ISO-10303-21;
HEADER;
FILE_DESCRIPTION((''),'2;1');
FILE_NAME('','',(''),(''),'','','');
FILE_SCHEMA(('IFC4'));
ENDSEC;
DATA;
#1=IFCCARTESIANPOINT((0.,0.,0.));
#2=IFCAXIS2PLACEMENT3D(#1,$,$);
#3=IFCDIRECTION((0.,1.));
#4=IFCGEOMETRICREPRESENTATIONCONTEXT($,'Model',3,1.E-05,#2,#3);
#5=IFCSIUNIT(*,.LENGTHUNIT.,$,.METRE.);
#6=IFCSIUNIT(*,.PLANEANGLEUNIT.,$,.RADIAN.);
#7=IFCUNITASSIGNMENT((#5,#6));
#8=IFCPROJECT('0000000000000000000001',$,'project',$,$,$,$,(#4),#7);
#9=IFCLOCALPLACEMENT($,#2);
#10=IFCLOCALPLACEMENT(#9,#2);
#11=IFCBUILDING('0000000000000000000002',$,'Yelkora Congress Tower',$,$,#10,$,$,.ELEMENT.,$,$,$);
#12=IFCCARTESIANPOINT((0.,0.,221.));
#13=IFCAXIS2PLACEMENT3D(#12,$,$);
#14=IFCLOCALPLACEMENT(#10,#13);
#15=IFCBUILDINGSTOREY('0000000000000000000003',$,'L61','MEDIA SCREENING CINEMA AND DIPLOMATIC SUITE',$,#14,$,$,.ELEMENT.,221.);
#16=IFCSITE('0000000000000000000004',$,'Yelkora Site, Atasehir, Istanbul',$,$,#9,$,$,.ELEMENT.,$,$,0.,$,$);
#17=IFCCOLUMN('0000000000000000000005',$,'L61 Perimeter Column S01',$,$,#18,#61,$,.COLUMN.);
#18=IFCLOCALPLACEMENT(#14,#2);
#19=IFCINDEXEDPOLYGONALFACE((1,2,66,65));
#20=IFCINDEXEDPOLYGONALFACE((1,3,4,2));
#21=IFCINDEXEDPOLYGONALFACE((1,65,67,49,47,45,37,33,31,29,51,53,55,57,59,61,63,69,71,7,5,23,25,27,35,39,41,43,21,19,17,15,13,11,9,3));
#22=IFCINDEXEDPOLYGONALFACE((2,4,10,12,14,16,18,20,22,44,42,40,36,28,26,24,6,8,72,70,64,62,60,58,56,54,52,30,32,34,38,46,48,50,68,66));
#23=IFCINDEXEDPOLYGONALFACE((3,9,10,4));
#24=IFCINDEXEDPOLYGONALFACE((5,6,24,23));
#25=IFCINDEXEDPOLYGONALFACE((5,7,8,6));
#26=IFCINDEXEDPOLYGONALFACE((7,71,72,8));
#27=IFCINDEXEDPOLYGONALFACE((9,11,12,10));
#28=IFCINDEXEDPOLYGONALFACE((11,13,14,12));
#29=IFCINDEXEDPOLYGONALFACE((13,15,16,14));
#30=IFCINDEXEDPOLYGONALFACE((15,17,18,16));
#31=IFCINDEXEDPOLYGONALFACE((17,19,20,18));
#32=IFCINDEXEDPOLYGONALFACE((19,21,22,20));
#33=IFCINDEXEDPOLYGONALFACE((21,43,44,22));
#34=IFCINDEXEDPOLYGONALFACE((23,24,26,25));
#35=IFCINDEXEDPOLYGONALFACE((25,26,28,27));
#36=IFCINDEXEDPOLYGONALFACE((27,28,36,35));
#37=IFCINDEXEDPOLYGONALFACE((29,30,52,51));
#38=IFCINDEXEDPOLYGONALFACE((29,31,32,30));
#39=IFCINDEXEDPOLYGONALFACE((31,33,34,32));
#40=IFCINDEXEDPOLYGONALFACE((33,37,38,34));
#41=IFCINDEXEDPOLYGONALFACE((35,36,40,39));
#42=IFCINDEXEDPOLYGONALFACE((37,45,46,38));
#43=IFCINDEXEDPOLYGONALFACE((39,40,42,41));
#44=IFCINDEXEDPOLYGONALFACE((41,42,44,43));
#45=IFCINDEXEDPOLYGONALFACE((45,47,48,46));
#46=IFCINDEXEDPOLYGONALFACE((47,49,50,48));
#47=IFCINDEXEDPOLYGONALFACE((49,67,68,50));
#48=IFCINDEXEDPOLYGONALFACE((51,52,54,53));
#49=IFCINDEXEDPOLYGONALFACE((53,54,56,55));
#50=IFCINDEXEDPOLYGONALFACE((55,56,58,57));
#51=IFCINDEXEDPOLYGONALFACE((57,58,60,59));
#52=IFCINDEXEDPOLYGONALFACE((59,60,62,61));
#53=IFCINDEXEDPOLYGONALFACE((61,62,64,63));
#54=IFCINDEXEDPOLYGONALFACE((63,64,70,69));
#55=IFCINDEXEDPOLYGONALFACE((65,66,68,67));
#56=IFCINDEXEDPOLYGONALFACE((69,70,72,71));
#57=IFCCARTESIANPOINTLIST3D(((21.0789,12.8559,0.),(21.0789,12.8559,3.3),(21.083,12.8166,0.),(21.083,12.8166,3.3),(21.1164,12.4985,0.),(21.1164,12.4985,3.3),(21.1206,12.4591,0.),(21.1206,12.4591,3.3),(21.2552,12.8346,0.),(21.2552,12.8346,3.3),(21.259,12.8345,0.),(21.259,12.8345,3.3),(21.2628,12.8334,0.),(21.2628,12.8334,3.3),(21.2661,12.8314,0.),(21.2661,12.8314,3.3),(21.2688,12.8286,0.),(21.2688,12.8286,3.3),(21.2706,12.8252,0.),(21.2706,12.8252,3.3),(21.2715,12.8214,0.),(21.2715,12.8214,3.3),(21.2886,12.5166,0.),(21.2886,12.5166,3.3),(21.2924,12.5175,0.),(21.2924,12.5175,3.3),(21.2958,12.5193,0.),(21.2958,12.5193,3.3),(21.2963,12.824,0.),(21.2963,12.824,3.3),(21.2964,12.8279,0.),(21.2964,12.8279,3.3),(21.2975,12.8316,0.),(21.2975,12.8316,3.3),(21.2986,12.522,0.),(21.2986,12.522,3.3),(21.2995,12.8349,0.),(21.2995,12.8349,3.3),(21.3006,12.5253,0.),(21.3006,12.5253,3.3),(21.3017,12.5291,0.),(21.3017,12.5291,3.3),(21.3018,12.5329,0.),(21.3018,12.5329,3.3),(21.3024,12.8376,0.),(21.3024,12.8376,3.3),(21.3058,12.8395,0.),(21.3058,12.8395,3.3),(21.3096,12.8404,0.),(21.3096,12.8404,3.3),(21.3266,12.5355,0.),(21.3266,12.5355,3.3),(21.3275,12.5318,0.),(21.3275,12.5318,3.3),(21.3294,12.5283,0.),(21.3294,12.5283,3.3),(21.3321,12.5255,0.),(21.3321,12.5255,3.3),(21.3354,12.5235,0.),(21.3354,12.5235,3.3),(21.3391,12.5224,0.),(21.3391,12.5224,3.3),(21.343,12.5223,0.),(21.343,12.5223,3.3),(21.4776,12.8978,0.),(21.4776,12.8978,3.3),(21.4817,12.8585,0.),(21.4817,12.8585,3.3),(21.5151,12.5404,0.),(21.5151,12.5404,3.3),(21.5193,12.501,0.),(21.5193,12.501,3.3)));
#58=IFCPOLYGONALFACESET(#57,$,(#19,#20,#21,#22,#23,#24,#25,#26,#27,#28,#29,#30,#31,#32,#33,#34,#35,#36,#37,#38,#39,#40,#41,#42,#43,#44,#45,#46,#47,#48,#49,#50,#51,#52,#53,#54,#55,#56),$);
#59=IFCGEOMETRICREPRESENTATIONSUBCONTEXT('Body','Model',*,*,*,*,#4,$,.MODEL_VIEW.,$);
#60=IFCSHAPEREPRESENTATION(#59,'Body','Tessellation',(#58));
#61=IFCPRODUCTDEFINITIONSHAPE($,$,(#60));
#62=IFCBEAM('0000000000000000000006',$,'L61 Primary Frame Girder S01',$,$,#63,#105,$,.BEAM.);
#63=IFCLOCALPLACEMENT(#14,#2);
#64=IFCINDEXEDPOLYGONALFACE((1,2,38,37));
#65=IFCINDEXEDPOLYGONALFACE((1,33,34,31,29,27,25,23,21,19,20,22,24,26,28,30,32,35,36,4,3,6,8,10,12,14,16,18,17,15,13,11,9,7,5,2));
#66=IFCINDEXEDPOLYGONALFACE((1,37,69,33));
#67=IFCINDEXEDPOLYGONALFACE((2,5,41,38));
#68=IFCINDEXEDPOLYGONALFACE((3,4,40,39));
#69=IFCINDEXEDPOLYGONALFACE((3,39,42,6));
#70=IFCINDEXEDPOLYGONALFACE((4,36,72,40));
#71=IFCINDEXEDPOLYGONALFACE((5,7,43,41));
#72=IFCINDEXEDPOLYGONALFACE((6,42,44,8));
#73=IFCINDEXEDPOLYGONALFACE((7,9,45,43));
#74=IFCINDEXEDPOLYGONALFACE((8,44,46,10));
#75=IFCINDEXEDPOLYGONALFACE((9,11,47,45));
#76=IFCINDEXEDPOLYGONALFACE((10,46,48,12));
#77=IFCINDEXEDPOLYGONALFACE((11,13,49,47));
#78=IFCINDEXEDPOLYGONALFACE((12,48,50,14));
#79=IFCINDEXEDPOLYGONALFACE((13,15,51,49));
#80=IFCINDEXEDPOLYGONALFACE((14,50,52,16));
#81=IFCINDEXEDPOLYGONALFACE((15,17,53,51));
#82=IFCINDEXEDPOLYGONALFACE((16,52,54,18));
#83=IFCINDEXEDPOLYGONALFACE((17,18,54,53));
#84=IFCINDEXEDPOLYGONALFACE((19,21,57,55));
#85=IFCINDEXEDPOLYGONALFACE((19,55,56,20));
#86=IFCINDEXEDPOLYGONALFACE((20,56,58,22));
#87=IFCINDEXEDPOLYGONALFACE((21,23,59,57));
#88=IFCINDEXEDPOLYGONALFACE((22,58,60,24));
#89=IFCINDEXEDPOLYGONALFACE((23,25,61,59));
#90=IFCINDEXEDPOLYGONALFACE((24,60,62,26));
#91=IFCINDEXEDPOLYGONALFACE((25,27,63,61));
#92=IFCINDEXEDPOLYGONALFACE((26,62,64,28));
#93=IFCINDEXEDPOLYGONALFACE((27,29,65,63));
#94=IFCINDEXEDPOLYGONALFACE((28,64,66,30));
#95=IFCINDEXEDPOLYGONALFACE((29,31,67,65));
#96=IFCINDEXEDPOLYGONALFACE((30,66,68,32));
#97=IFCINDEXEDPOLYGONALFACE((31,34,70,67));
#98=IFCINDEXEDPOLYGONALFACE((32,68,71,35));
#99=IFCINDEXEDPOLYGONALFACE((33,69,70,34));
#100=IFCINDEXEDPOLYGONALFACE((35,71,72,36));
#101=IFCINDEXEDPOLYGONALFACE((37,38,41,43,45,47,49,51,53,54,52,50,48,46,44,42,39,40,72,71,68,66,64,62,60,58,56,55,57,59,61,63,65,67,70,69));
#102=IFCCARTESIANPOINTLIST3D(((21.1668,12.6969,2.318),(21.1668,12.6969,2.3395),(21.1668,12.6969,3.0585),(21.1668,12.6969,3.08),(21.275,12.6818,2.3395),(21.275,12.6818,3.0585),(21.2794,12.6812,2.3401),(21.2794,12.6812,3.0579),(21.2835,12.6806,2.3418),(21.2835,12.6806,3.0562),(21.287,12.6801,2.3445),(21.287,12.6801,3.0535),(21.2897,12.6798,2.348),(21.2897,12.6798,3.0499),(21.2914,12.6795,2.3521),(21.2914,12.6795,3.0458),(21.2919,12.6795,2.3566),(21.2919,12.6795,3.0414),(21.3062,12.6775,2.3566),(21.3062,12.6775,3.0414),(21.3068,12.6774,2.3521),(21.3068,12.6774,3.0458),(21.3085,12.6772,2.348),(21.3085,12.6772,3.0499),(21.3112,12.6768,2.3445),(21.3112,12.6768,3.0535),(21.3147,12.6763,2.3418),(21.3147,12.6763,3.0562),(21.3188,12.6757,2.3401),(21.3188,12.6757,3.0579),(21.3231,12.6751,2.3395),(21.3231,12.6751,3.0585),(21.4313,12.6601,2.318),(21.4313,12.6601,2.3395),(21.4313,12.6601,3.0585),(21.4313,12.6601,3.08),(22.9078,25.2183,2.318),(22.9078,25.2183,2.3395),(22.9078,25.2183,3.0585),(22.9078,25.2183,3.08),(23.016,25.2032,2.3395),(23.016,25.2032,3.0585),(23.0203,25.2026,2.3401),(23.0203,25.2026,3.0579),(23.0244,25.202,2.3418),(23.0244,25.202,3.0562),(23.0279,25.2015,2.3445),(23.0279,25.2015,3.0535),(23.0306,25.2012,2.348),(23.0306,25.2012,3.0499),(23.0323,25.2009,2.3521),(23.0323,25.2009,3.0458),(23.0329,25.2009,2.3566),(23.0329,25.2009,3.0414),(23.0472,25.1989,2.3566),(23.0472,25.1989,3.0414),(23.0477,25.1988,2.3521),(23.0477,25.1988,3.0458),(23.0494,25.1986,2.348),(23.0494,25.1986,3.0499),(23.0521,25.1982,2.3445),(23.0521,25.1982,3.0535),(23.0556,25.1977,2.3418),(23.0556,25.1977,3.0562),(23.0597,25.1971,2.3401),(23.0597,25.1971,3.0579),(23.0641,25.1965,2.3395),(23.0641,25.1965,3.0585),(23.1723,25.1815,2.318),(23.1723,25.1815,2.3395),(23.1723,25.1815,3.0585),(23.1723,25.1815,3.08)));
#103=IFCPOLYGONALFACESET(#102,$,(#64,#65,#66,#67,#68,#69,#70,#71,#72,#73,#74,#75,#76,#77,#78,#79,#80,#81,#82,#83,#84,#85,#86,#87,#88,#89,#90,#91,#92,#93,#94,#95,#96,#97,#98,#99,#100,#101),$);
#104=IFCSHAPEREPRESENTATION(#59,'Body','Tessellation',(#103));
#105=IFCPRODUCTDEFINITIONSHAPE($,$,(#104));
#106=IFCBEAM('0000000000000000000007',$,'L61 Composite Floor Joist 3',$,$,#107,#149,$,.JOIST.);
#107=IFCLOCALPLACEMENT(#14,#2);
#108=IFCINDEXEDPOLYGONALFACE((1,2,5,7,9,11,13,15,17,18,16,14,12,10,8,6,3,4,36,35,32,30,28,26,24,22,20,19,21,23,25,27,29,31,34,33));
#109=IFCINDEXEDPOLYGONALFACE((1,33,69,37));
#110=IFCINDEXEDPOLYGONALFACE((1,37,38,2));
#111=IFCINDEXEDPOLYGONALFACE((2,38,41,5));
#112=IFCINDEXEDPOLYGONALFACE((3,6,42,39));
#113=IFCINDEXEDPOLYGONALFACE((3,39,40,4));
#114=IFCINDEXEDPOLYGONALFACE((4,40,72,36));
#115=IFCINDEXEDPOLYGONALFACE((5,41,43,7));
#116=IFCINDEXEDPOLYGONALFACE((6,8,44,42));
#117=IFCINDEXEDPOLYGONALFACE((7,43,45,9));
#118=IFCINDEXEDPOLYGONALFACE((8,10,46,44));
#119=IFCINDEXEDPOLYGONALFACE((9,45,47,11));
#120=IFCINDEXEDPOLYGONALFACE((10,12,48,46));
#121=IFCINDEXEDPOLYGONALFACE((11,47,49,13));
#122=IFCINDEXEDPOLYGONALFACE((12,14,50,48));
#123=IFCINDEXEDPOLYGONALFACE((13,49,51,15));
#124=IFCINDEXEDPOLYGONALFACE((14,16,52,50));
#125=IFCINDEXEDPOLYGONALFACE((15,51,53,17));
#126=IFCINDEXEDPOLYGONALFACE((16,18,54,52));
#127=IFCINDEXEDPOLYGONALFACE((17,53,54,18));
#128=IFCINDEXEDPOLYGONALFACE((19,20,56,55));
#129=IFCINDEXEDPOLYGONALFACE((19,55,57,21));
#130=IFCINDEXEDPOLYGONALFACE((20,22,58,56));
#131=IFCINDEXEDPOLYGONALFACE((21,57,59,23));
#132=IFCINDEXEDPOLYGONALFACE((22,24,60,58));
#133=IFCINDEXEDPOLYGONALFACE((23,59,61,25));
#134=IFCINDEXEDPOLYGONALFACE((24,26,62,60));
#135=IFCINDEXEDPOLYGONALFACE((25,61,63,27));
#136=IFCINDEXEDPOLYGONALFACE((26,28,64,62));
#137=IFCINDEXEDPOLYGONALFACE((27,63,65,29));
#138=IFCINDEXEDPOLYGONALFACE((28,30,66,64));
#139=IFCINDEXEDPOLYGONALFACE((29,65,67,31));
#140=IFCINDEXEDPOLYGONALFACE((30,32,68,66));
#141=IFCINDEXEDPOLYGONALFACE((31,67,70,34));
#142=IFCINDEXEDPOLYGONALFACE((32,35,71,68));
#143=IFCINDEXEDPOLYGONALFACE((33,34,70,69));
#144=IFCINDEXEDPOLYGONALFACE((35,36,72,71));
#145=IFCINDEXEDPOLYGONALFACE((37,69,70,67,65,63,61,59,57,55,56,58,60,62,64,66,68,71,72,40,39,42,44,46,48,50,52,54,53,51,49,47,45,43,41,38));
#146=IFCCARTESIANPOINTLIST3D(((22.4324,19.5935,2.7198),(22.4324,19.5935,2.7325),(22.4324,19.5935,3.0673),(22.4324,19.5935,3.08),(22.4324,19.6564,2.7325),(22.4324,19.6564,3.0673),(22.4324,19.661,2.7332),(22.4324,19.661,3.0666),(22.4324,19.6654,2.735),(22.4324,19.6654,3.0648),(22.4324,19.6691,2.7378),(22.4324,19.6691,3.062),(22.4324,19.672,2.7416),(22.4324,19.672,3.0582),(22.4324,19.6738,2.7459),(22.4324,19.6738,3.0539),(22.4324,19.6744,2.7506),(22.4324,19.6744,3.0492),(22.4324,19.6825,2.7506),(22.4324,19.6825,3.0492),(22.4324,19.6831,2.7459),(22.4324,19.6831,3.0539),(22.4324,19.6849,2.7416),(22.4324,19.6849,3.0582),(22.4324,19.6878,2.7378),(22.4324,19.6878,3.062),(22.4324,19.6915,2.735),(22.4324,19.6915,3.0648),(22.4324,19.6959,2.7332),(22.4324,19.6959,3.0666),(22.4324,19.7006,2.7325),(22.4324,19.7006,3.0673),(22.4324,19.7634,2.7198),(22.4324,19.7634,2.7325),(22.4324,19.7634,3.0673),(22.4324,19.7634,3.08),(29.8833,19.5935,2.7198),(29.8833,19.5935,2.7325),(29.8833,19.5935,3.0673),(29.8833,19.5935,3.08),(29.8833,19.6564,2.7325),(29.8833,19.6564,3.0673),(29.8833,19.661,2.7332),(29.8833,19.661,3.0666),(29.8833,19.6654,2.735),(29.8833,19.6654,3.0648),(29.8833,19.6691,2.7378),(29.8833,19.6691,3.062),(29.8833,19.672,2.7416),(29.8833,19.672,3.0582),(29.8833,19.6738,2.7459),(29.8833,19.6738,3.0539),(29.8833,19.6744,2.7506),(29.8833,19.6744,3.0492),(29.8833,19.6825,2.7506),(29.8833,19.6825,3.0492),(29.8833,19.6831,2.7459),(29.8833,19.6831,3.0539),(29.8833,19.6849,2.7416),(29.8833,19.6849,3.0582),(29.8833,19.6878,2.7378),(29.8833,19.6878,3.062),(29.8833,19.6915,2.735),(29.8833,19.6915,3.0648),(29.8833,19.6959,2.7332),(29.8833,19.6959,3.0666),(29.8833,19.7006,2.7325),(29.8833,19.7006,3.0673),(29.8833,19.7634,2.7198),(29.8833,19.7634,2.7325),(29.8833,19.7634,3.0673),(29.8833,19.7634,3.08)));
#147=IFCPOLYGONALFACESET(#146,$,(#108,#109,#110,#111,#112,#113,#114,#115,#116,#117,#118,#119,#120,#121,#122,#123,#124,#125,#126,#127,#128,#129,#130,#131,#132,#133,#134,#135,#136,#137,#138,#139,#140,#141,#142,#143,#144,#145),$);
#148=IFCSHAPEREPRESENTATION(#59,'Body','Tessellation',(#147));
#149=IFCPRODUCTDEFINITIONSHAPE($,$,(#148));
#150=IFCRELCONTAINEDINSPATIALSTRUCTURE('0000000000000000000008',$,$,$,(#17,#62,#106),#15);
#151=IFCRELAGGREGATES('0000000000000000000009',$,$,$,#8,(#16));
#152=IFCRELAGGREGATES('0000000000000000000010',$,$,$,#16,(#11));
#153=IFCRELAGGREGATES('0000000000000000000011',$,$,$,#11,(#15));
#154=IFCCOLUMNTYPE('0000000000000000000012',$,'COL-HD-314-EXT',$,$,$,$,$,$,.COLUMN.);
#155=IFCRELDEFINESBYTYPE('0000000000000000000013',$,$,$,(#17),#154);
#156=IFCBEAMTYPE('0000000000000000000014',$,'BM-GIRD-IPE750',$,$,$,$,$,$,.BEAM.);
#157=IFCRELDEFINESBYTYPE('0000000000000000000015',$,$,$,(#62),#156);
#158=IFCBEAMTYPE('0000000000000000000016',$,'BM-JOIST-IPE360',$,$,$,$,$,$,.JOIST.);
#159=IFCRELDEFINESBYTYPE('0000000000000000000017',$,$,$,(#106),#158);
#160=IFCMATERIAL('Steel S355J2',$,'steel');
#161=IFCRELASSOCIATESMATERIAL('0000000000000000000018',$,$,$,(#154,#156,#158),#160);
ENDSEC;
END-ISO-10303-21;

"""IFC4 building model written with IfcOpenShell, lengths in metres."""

from ifc_helpers import new_model, si_unit, direction, frame, origin, origin_2d, place, context, subcontext, project, spatial, i_section, extrude, material, material_profile, profile_set, type_object, element, save


model = new_model("IFC4")

# Units and contexts
model_context = context("Model", 3, precision=1e-05, world=origin(), true_north=direction((0.0, 1.0)))
body_context = subcontext(model_context, "Body", "Model", "MODEL_VIEW")
ifc_project = project(units=[si_unit("LENGTHUNIT", "METRE"), si_unit("PLANEANGLEUNIT", "RADIAN")], contexts=[model_context])

# Site, building, storey
site_placement = place(None, origin())
site = spatial("IfcSite", under=ifc_project, at=site_placement, Name="Yelkora Site, Atasehir, Istanbul", CompositionType="ELEMENT", RefElevation=0.0)
building_placement = place(site_placement, origin())
building = spatial("IfcBuilding", under=site, at=building_placement, Name="Yelkora Congress Tower", CompositionType="ELEMENT")
storey_placement = place(building_placement, frame((0.0, 0.0, 221.0)))
storey = spatial("IfcBuildingStorey", under=building, at=storey_placement, Name="L61", Description="MEDIA SCREENING CINEMA AND DIPLOMATIC SUITE", CompositionType="ELEMENT", Elevation=221.0)

# Column
ifc_material_1 = material(Name="Steel S355J2", Category="steel")
ifc_material_profile_1 = material_profile(ifc_material_1, i_section(OverallWidth=0.4009, OverallDepth=0.3989, WebThickness=0.0249, FlangeThickness=0.0396, FilletRadius=0.0149, at=origin_2d()), Name="HD 400x314")
ifc_profile_set_1 = profile_set([ifc_material_profile_1], Name="Steel S355J2")
column_type = type_object("IfcColumnType", Name="COL-HD-314-EXT", PredefinedType="COLUMN", material=ifc_profile_set_1)
column_placement = place(storey_placement, frame((21.2991, 12.6785, 0.0), z_axis=(0.0, 0.0, 1.0), x_axis=(0.994522, 0.104528, 0.0)))
element("IfcColumn", 1, at=column_placement, inside=storey, type_object=column_type, Name="L61 Perimeter Column S01", PredefinedType="COLUMN", context=body_context, shape_type="SweptSolid", body=[
    extrude(i_section(OverallWidth=0.4009, OverallDepth=0.3989, WebThickness=0.0249, FlangeThickness=0.0396, FilletRadius=0.0149, at=origin_2d()), origin(), (0.0, 0.0, 1.0), 3.3),
])

# Beams
ifc_material_profile_2 = material_profile(ifc_material_1, i_section(OverallWidth=0.2671, OverallDepth=0.762, WebThickness=0.0144, FlangeThickness=0.0215, FilletRadius=0.0171, at=origin_2d()), Name="IPE 750x173")
ifc_profile_set_2 = profile_set([ifc_material_profile_2], Name="Steel S355J2")
beam_type_1 = type_object("IfcBeamType", Name="BM-GIRD-IPE750", PredefinedType="BEAM", material=ifc_profile_set_2)
beam_1_placement = place(storey_placement, frame((21.2991, 12.6785, 2.699), z_axis=(0.137714, 0.990472, 0.0), x_axis=(-0.990472, 0.137714, 0.0)))
element("IfcBeam", 2, at=beam_1_placement, inside=storey, type_object=beam_type_1, Name="L61 Primary Frame Girder S01", PredefinedType="BEAM", context=body_context, shape_type="SweptSolid", body=[
    extrude(i_section(OverallWidth=0.2671, OverallDepth=0.762, WebThickness=0.0144, FlangeThickness=0.0215, FilletRadius=0.0171, at=origin_2d()), origin(), (0.0, 0.0, 1.0), 12.6418),
])
ifc_material_profile_3 = material_profile(ifc_material_1, i_section(OverallWidth=0.1699, OverallDepth=0.3601, WebThickness=0.0081, FlangeThickness=0.0127, FilletRadius=0.0181, at=origin_2d()), Name="IPE 360")
ifc_profile_set_3 = profile_set([ifc_material_profile_3], Name="Steel S355J2")
beam_type_2 = type_object("IfcBeamType", Name="BM-JOIST-IPE360", PredefinedType="JOIST", material=ifc_profile_set_3)
beam_2_placement = place(storey_placement, frame((22.4324, 19.6785, 2.8999), z_axis=(1.0, 0.0, 0.0), x_axis=(0.0, 1.0, 0.0)))
element("IfcBeam", 3, at=beam_2_placement, inside=storey, type_object=beam_type_2, Name="L61 Composite Floor Joist 3", PredefinedType="JOIST", context=body_context, shape_type="SweptSolid", body=[
    extrude(i_section(OverallWidth=0.1699, OverallDepth=0.3601, WebThickness=0.0081, FlangeThickness=0.0127, FilletRadius=0.0181, at=origin_2d()), origin(), (0.0, 0.0, 1.0), 7.4509),
])

save(model, "model.ifc")
